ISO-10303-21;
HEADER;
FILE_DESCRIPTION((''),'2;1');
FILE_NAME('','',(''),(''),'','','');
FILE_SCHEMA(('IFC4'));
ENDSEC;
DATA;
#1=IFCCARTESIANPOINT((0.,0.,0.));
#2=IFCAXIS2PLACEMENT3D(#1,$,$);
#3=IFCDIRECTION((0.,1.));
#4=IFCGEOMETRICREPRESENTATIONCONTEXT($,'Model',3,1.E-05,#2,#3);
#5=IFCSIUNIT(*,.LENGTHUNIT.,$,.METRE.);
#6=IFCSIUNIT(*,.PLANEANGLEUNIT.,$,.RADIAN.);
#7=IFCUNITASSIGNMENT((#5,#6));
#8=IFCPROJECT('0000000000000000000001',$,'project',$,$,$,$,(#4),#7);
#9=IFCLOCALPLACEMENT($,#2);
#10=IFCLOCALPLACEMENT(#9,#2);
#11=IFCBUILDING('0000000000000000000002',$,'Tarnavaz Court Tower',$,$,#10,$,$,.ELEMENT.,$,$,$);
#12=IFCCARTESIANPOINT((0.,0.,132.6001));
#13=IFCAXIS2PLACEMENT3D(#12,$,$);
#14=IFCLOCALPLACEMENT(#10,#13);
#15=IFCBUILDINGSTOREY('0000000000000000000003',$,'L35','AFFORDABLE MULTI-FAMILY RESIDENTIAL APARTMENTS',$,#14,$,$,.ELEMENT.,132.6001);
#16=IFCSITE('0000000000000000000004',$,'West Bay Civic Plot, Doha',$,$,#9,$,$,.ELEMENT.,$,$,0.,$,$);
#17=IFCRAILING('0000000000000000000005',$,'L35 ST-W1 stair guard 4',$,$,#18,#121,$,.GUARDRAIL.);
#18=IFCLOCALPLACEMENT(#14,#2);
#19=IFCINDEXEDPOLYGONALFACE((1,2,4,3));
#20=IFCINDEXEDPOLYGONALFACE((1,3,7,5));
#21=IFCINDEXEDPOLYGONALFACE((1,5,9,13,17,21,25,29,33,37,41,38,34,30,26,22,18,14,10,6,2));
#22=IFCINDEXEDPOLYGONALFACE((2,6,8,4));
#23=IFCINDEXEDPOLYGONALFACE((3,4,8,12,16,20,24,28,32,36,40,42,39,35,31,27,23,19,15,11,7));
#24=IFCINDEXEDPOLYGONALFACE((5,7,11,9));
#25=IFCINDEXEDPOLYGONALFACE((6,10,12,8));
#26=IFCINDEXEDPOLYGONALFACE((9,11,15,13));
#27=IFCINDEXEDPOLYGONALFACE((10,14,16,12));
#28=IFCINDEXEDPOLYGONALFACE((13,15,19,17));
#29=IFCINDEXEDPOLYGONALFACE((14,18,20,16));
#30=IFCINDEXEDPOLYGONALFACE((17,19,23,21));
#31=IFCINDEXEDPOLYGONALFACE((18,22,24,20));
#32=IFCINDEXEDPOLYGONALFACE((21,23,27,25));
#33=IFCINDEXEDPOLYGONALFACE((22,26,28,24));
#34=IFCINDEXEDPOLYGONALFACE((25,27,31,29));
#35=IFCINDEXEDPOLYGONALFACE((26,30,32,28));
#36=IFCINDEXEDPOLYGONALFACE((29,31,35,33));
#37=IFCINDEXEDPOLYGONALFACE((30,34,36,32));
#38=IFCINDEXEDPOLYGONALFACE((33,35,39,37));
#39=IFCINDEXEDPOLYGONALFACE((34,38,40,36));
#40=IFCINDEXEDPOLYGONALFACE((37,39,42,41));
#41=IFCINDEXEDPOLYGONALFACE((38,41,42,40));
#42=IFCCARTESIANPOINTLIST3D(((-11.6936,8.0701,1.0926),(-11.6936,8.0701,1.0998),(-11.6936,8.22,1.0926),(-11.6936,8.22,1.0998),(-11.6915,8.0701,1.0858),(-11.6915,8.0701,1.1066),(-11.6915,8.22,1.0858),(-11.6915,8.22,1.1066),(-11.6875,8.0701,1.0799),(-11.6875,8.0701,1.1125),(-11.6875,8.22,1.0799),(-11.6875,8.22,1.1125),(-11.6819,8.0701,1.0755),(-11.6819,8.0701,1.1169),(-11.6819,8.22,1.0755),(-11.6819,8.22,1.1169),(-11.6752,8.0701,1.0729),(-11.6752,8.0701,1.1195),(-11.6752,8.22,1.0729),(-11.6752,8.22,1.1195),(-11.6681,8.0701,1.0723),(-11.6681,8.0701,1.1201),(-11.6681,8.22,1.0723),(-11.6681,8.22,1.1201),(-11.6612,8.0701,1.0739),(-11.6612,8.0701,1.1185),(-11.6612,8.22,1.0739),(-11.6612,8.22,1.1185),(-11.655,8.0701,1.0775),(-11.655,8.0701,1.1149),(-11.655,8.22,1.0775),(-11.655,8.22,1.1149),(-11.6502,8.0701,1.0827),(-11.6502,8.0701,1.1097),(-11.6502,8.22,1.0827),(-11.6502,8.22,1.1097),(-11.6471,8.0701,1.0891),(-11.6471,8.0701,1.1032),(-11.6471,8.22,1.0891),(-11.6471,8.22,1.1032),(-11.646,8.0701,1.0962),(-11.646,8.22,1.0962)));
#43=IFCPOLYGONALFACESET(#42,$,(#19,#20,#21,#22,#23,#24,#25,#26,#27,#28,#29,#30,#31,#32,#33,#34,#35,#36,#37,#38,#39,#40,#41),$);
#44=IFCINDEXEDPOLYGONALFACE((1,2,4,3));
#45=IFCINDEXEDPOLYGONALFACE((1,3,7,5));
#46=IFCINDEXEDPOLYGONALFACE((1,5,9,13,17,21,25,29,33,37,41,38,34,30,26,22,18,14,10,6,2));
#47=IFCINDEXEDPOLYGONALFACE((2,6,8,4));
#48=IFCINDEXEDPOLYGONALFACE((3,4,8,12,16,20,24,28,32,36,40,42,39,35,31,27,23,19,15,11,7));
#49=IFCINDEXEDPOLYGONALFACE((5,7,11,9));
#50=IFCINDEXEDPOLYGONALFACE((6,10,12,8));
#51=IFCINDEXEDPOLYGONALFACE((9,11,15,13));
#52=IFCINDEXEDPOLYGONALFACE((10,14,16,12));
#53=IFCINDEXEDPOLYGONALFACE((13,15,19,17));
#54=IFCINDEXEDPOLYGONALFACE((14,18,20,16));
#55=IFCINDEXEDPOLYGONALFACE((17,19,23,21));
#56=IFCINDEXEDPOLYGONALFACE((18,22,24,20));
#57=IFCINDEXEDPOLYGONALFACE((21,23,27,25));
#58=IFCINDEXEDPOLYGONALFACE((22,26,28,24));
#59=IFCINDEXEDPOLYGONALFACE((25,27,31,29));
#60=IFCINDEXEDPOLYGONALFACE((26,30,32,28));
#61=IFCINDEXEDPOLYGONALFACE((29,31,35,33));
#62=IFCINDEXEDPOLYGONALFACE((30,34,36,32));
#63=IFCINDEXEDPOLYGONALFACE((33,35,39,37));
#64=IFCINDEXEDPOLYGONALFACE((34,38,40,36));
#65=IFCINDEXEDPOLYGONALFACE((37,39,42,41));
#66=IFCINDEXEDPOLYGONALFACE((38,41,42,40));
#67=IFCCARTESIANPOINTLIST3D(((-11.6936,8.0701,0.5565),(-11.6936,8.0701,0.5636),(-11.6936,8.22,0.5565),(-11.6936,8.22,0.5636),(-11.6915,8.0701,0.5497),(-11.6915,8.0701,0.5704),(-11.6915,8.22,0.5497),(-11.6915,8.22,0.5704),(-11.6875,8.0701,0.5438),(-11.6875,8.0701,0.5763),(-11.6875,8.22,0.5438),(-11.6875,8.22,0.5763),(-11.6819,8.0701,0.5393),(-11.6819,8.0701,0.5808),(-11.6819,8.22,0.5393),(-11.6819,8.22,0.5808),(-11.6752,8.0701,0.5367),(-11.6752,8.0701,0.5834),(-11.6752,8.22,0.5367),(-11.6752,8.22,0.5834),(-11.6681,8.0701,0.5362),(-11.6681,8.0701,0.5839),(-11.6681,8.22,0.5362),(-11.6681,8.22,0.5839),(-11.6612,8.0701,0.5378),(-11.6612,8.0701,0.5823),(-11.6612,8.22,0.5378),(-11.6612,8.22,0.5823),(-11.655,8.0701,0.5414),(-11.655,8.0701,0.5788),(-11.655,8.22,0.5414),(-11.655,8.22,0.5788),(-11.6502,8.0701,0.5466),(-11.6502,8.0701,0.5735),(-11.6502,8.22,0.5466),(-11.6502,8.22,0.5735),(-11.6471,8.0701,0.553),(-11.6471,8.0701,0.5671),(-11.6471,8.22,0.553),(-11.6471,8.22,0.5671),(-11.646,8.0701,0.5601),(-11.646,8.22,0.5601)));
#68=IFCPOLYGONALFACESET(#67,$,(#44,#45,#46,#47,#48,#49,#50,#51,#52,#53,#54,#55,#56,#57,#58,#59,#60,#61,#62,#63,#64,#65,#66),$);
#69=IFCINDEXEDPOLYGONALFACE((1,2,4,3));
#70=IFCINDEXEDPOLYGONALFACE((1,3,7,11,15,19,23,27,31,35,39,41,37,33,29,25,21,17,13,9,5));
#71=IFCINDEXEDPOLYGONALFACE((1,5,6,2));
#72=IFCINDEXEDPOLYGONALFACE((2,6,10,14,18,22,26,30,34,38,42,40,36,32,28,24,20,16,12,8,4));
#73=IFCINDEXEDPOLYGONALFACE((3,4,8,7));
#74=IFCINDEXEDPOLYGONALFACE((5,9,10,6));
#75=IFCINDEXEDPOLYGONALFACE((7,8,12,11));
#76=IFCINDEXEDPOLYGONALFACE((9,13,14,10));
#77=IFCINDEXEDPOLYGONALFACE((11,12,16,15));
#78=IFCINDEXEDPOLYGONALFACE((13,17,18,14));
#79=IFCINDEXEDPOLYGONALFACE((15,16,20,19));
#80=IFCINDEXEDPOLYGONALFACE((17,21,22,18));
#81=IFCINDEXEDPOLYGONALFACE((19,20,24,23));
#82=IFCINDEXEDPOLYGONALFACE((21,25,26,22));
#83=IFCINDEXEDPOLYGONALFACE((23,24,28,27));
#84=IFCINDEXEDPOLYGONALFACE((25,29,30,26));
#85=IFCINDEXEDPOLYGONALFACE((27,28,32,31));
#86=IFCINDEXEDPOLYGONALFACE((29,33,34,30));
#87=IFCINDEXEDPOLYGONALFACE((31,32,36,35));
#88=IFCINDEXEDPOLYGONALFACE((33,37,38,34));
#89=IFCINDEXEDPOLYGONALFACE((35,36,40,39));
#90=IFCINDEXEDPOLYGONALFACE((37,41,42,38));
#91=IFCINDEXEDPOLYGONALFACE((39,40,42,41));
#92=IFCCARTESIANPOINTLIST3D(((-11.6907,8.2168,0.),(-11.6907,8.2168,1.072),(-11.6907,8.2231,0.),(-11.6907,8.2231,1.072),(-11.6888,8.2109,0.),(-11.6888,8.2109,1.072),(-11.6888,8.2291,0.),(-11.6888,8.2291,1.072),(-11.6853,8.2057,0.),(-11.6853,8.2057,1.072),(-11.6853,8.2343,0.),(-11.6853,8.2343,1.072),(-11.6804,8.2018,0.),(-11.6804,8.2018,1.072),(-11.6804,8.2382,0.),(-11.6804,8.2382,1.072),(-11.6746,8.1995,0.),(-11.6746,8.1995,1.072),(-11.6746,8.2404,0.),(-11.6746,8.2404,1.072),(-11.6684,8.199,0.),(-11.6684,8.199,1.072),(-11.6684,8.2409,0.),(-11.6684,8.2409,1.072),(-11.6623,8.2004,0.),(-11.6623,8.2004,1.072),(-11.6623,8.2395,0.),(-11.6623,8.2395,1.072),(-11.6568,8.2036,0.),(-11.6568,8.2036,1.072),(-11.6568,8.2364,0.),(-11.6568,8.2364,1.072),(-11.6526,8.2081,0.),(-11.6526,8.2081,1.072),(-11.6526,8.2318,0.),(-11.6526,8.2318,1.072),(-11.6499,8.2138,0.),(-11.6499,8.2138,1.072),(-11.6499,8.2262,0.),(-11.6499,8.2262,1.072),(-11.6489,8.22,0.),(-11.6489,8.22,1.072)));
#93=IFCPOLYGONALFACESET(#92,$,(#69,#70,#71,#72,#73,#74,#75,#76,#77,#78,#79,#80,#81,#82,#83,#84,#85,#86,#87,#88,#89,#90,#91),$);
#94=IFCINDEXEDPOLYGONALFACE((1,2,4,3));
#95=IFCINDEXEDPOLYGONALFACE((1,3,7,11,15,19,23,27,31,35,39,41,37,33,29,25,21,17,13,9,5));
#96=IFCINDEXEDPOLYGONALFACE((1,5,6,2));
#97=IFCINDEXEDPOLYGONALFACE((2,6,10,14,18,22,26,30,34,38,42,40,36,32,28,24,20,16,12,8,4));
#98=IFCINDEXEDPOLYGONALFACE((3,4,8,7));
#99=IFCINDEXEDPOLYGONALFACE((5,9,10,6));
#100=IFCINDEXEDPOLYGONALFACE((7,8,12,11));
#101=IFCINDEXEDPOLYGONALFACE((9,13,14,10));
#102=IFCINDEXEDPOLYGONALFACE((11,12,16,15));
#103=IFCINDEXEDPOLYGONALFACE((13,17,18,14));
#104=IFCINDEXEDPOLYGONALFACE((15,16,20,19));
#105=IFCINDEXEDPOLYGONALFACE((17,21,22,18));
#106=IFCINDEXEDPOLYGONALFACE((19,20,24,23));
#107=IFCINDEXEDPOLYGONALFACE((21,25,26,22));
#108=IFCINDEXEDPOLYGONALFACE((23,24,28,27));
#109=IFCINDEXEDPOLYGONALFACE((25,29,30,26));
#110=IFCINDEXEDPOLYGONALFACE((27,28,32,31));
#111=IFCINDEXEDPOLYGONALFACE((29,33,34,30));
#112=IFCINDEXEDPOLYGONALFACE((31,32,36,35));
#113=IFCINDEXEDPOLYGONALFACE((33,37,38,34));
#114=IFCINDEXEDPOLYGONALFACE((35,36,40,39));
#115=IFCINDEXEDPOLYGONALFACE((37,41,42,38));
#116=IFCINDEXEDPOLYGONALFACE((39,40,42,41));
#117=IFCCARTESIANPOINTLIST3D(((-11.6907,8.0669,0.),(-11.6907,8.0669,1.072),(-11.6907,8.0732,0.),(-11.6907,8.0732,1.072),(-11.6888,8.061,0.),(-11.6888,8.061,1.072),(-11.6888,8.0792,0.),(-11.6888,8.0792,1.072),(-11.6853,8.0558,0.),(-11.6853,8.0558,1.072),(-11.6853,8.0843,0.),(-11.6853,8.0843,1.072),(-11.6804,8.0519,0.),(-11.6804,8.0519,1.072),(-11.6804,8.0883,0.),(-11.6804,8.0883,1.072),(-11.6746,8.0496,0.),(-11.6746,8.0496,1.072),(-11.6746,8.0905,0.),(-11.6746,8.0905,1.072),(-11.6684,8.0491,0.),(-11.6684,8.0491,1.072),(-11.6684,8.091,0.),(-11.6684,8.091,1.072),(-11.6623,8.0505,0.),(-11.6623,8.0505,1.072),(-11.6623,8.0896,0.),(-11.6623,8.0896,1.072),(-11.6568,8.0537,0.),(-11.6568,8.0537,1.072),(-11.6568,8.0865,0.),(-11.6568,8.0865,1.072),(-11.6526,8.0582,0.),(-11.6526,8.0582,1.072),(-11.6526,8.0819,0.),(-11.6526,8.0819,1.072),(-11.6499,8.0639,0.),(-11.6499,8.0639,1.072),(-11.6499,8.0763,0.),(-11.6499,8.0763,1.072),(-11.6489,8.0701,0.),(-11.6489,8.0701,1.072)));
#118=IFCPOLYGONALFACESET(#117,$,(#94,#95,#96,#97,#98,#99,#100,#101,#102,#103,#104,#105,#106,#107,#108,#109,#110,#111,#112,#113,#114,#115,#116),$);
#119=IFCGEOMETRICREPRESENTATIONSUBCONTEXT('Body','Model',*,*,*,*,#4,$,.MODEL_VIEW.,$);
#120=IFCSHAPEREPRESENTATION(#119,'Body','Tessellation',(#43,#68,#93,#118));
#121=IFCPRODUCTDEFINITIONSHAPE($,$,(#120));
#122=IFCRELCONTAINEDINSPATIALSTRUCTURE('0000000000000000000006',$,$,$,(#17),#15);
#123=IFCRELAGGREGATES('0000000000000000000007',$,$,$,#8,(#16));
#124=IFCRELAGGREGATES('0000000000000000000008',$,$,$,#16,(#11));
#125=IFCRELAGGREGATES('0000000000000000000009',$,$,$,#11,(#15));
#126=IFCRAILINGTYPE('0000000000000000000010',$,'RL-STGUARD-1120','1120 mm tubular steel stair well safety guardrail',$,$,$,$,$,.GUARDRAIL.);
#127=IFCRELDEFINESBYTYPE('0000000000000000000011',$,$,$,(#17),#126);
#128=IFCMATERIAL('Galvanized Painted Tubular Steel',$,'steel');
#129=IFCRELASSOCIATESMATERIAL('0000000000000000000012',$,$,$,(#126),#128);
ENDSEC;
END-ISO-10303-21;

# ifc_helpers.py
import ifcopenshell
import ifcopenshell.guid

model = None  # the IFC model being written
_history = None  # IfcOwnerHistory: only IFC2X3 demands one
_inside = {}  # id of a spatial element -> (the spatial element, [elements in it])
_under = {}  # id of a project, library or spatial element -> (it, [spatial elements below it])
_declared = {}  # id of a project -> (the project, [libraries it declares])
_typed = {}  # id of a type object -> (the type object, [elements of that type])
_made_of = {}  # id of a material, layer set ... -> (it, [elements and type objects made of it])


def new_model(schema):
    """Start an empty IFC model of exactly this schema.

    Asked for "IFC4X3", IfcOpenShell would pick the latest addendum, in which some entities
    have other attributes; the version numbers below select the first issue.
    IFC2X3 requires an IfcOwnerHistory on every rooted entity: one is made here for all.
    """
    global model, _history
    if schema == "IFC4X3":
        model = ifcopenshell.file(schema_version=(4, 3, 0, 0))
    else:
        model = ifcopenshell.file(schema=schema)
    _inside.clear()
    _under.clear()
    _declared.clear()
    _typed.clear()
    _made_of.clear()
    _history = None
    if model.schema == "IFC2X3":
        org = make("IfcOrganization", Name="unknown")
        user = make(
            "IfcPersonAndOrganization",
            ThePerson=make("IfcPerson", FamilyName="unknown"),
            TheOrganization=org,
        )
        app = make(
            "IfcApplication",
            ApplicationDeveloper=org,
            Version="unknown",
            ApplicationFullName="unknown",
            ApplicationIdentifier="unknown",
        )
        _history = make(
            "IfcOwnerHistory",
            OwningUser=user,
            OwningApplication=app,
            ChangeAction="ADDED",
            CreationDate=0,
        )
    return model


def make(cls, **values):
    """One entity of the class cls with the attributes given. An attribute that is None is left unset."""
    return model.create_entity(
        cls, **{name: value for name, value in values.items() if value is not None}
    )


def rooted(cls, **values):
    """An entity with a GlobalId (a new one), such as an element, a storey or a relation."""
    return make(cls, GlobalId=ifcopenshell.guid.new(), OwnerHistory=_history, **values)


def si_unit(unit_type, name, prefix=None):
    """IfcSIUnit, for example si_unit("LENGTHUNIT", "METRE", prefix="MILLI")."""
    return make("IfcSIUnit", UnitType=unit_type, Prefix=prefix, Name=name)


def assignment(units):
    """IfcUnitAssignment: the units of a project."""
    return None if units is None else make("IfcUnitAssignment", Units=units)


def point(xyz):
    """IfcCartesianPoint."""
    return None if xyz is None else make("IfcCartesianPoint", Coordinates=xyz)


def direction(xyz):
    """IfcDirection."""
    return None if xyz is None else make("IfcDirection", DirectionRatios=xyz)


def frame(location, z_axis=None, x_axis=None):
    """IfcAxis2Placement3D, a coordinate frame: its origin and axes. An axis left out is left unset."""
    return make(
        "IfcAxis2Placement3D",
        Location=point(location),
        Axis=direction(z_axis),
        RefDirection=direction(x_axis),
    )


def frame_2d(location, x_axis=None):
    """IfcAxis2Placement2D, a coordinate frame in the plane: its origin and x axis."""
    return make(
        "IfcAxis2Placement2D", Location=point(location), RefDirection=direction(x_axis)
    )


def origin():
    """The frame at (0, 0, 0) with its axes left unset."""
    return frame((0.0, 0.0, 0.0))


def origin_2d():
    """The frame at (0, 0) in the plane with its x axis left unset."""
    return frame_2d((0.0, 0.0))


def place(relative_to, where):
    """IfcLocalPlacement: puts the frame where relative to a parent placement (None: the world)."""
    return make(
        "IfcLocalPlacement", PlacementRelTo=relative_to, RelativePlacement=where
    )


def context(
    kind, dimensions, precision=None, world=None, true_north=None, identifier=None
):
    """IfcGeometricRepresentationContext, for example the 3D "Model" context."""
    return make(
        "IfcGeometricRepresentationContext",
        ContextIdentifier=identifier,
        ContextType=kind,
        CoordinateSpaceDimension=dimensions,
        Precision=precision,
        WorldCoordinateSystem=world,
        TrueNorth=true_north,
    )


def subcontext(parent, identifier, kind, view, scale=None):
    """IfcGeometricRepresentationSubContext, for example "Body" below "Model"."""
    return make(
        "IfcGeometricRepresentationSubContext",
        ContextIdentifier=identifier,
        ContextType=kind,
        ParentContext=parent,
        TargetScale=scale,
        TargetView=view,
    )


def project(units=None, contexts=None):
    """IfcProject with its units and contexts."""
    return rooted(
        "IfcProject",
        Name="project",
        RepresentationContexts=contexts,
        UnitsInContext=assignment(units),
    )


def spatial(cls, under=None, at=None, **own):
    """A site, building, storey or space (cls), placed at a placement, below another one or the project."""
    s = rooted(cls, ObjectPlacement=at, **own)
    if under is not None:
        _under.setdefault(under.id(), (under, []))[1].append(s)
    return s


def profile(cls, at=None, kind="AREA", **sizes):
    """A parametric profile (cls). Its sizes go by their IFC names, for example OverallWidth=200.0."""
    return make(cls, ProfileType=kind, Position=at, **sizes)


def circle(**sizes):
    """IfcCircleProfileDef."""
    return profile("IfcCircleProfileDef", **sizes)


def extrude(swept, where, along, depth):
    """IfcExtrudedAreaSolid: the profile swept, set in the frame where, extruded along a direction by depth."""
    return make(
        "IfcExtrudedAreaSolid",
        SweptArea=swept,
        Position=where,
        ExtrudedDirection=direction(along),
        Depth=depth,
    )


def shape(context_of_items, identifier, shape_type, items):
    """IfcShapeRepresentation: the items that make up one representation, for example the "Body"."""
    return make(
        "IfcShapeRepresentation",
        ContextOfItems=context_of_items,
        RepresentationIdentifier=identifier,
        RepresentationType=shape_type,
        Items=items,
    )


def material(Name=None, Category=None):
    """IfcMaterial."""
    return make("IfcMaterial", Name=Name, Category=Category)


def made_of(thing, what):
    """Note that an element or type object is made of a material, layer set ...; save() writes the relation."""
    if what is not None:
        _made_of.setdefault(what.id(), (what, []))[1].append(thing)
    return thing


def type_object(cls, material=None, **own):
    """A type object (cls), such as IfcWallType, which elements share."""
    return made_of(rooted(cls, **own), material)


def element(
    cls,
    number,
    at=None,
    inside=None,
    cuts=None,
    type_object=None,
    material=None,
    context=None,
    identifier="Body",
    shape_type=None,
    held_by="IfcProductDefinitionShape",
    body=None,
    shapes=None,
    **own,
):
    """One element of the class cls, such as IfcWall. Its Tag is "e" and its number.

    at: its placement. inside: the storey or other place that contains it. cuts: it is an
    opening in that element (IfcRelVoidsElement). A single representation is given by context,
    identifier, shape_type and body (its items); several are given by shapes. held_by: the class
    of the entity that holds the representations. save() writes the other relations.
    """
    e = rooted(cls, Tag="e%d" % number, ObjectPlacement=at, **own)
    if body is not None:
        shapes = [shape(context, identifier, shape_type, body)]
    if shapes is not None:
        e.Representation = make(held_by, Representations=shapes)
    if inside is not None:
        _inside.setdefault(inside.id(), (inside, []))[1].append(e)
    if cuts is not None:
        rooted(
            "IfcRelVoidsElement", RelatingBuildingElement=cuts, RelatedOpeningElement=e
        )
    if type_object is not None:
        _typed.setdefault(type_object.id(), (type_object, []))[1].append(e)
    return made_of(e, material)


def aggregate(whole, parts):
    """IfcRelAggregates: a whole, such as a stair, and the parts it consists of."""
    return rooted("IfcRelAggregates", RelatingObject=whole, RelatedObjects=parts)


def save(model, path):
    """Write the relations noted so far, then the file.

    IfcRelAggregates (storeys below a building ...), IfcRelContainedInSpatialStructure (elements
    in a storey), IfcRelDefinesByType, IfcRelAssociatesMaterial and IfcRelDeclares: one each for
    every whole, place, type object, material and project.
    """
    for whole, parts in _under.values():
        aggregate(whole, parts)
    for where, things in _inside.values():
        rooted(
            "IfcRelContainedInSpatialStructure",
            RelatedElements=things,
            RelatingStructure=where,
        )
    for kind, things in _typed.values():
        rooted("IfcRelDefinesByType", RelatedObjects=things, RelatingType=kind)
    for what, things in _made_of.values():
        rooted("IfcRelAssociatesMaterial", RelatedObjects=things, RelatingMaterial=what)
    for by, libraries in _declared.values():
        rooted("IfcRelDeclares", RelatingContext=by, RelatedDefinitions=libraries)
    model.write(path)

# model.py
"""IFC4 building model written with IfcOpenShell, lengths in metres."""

from ifc_helpers import new_model, si_unit, direction, frame, origin, origin_2d, place, context, subcontext, project, spatial, circle, extrude, material, type_object, element, save


model = new_model("IFC4")

# Units and contexts
model_context = context("Model", 3, precision=1e-05, world=origin(), true_north=direction((0.0, 1.0)))
body_context = subcontext(model_context, "Body", "Model", "MODEL_VIEW")
ifc_project = project(units=[si_unit("LENGTHUNIT", "METRE"), si_unit("PLANEANGLEUNIT", "RADIAN")], contexts=[model_context])

# Site, building, storey
site_placement = place(None, origin())
site = spatial("IfcSite", under=ifc_project, at=site_placement, Name="West Bay Civic Plot, Doha", CompositionType="ELEMENT", RefElevation=0.0)
building_placement = place(site_placement, origin())
building = spatial("IfcBuilding", under=site, at=building_placement, Name="Tarnavaz Court Tower", CompositionType="ELEMENT")
storey_placement = place(building_placement, frame((0.0, 0.0, 132.6001)))
storey = spatial("IfcBuildingStorey", under=building, at=storey_placement, Name="L35", Description="AFFORDABLE MULTI-FAMILY RESIDENTIAL APARTMENTS", CompositionType="ELEMENT", Elevation=132.6001)

# Railing
ifc_material_1 = material(Name="Galvanized Painted Tubular Steel", Category="steel")
railing_type_1 = type_object("IfcRailingType", Name="RL-STGUARD-1120", Description="1120 mm tubular steel stair well safety guardrail", PredefinedType="GUARDRAIL", material=ifc_material_1)
railing_1_placement = place(storey_placement, frame((-11.6699, 8.22, 0.0)))
element("IfcRailing", 1, at=railing_1_placement, inside=storey, type_object=railing_type_1, Name="L35 ST-W1 stair guard 4", PredefinedType="GUARDRAIL", context=body_context, shape_type="SweptSolid", body=[
    extrude(circle(Radius=0.0239, at=origin_2d()), frame((0.0, 0.0, 1.0962), z_axis=(0.0, -1.0, 0.0), x_axis=(1.0, 0.0, 0.0)), (0.0, 0.0, 1.0), 0.1499),
    extrude(circle(Radius=0.0239, at=origin_2d()), frame((0.0, 0.0, 0.5601), z_axis=(0.0, -1.0, 0.0), x_axis=(1.0, 0.0, 0.0)), (0.0, 0.0, 1.0), 0.1499),
    extrude(circle(Radius=0.021, at=origin_2d()), origin(), (0.0, 0.0, 1.0), 1.072),
    extrude(circle(Radius=0.021, at=origin_2d()), frame((0.0, -0.1499, 0.0)), (0.0, 0.0, 1.0), 1.072),
])

save(model, "model.ifc")
